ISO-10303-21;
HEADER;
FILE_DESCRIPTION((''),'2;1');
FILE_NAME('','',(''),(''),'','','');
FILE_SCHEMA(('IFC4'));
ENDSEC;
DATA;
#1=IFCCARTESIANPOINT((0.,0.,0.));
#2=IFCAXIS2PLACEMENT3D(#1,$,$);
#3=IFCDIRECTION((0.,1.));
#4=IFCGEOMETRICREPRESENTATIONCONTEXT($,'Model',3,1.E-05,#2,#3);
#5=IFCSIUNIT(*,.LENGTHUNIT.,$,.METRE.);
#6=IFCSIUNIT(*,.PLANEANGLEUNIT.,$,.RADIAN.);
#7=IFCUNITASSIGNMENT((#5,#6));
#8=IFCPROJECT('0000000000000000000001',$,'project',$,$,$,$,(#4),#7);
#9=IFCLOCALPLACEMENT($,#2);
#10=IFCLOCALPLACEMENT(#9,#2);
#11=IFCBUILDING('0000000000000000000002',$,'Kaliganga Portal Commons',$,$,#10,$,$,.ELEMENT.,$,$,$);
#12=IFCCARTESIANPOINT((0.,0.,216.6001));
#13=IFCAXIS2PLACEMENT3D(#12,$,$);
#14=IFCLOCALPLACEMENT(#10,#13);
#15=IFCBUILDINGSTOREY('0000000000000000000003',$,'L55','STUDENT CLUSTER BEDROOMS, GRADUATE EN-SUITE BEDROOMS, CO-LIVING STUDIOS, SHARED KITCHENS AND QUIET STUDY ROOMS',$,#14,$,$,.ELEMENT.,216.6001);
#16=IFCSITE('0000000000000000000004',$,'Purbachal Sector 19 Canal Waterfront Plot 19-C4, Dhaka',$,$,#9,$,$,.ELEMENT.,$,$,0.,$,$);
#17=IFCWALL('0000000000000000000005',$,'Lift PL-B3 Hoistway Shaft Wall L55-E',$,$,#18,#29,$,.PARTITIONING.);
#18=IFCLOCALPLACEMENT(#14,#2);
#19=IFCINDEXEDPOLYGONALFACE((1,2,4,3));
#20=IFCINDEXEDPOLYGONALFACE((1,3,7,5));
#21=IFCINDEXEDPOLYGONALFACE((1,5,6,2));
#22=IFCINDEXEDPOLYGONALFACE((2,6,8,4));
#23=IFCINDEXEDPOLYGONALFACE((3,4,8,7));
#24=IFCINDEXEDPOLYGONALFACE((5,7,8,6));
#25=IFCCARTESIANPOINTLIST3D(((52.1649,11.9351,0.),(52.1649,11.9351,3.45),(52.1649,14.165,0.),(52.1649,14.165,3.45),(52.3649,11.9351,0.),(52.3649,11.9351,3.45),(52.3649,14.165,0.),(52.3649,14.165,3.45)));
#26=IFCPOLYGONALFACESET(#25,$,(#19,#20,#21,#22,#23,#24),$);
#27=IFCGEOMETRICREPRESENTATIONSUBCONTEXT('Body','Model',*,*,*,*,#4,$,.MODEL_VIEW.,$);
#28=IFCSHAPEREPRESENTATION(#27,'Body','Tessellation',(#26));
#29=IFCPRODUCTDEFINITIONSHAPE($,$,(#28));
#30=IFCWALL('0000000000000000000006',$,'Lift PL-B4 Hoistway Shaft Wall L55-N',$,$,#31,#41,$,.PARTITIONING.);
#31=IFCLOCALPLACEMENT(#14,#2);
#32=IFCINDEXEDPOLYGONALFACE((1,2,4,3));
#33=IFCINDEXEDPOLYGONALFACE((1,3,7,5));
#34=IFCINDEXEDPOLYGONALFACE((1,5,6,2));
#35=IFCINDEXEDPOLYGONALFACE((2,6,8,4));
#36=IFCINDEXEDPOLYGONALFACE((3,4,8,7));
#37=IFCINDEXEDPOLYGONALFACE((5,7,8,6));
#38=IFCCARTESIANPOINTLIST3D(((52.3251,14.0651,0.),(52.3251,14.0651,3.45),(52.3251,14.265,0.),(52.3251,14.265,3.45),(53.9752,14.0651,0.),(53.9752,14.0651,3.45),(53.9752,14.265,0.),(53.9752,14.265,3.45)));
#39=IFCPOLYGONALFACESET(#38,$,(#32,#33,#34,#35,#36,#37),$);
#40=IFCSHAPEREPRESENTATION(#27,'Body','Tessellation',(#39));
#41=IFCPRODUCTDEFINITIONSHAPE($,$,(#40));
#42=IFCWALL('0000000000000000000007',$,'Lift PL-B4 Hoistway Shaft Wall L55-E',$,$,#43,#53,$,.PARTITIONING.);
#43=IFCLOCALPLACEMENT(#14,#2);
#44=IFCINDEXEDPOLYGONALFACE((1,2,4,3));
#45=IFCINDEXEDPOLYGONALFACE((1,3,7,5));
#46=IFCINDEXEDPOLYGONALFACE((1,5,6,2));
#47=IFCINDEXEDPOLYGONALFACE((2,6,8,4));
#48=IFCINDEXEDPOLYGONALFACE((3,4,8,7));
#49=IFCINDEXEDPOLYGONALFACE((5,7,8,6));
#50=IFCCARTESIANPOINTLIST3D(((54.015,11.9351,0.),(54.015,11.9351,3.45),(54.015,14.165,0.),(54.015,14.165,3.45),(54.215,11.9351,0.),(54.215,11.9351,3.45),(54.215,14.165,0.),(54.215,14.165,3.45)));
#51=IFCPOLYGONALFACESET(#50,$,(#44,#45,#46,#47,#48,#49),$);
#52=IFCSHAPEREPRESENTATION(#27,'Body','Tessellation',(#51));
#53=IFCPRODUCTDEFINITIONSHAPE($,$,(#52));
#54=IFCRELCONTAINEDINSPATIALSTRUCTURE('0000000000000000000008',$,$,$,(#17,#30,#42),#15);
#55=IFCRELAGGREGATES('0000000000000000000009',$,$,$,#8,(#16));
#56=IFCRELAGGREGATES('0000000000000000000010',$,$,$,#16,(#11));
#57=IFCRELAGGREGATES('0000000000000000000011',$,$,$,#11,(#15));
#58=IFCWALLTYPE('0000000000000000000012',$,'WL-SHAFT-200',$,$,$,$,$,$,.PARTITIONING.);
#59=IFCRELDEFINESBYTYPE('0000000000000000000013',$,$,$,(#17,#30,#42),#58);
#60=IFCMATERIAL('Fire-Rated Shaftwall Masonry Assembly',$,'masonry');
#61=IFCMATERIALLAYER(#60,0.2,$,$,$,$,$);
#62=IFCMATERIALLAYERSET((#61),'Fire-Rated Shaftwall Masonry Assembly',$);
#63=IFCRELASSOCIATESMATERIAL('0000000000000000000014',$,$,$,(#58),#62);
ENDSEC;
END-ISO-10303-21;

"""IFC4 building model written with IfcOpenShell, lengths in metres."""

from ifc_helpers import new_model, si_unit, direction, frame, frame_2d, origin, place, context, subcontext, project, spatial, rectangle, extrude, material, layer, layer_set, type_object, element, save


model = new_model("IFC4")

# Units and contexts
model_context = context("Model", 3, precision=1e-05, world=origin(), true_north=direction((0.0, 1.0)))
body_context = subcontext(model_context, "Body", "Model", "MODEL_VIEW")
ifc_project = project(units=[si_unit("LENGTHUNIT", "METRE"), si_unit("PLANEANGLEUNIT", "RADIAN")], contexts=[model_context])

# Site, building, storey
site_placement = place(None, origin())
site = spatial("IfcSite", under=ifc_project, at=site_placement, Name="Purbachal Sector 19 Canal Waterfront Plot 19-C4, Dhaka", CompositionType="ELEMENT", RefElevation=0.0)
building_placement = place(site_placement, origin())
building = spatial("IfcBuilding", under=site, at=building_placement, Name="Kaliganga Portal Commons", CompositionType="ELEMENT")
storey_placement = place(building_placement, frame((0.0, 0.0, 216.6001)))
storey = spatial("IfcBuildingStorey", under=building, at=storey_placement, Name="L55", Description="STUDENT CLUSTER BEDROOMS, GRADUATE EN-SUITE BEDROOMS, CO-LIVING STUDIOS, SHARED KITCHENS AND QUIET STUDY ROOMS", CompositionType="ELEMENT", Elevation=216.6001)

# Wall
ifc_material_1 = material(Name="Fire-Rated Shaftwall Masonry Assembly", Category="masonry")
ifc_layer_1 = layer(ifc_material_1, 0.2)
ifc_layer_set_1 = layer_set([ifc_layer_1], Name="Fire-Rated Shaftwall Masonry Assembly")
wall_type_1 = type_object("IfcWallType", Name="WL-SHAFT-200", PredefinedType="PARTITIONING", material=ifc_layer_set_1)
wall_1_placement = place(storey_placement, frame((52.2649, 11.9351, 0.0), z_axis=(0.0, 0.0, 1.0), x_axis=(0.0, 1.0, 0.0)))
element("IfcWall", 1, at=wall_1_placement, inside=storey, type_object=wall_type_1, Name="Lift PL-B3 Hoistway Shaft Wall L55-E", PredefinedType="PARTITIONING", context=body_context, shape_type="SweptSolid", body=[
    extrude(rectangle(XDim=2.23, YDim=0.2, at=frame_2d((1.115, 0.0))), origin(), (0.0, 0.0, 1.0), 3.45),
])

# Walls
wall_2_placement = place(storey_placement, frame((52.325, 14.165, 0.0), z_axis=(0.0, 0.0, 1.0), x_axis=(1.0, 0.0, 0.0)))
element("IfcWall", 2, at=wall_2_placement, inside=storey, type_object=wall_type_1, Name="Lift PL-B4 Hoistway Shaft Wall L55-N", PredefinedType="PARTITIONING", context=body_context, shape_type="SweptSolid", body=[
    extrude(rectangle(XDim=1.6501, YDim=0.2, at=frame_2d((0.8252, 0.0))), origin(), (0.0, 0.0, 1.0), 3.45),
])
wall_3_placement = place(storey_placement, frame((54.115, 11.9351, 0.0), z_axis=(0.0, 0.0, 1.0), x_axis=(0.0, 1.0, 0.0)))
element("IfcWall", 3, at=wall_3_placement, inside=storey, type_object=wall_type_1, Name="Lift PL-B4 Hoistway Shaft Wall L55-E", PredefinedType="PARTITIONING", context=body_context, shape_type="SweptSolid", body=[
    extrude(rectangle(XDim=2.23, YDim=0.2, at=frame_2d((1.115, 0.0))), origin(), (0.0, 0.0, 1.0), 3.45),
])

save(model, "model.ifc")
